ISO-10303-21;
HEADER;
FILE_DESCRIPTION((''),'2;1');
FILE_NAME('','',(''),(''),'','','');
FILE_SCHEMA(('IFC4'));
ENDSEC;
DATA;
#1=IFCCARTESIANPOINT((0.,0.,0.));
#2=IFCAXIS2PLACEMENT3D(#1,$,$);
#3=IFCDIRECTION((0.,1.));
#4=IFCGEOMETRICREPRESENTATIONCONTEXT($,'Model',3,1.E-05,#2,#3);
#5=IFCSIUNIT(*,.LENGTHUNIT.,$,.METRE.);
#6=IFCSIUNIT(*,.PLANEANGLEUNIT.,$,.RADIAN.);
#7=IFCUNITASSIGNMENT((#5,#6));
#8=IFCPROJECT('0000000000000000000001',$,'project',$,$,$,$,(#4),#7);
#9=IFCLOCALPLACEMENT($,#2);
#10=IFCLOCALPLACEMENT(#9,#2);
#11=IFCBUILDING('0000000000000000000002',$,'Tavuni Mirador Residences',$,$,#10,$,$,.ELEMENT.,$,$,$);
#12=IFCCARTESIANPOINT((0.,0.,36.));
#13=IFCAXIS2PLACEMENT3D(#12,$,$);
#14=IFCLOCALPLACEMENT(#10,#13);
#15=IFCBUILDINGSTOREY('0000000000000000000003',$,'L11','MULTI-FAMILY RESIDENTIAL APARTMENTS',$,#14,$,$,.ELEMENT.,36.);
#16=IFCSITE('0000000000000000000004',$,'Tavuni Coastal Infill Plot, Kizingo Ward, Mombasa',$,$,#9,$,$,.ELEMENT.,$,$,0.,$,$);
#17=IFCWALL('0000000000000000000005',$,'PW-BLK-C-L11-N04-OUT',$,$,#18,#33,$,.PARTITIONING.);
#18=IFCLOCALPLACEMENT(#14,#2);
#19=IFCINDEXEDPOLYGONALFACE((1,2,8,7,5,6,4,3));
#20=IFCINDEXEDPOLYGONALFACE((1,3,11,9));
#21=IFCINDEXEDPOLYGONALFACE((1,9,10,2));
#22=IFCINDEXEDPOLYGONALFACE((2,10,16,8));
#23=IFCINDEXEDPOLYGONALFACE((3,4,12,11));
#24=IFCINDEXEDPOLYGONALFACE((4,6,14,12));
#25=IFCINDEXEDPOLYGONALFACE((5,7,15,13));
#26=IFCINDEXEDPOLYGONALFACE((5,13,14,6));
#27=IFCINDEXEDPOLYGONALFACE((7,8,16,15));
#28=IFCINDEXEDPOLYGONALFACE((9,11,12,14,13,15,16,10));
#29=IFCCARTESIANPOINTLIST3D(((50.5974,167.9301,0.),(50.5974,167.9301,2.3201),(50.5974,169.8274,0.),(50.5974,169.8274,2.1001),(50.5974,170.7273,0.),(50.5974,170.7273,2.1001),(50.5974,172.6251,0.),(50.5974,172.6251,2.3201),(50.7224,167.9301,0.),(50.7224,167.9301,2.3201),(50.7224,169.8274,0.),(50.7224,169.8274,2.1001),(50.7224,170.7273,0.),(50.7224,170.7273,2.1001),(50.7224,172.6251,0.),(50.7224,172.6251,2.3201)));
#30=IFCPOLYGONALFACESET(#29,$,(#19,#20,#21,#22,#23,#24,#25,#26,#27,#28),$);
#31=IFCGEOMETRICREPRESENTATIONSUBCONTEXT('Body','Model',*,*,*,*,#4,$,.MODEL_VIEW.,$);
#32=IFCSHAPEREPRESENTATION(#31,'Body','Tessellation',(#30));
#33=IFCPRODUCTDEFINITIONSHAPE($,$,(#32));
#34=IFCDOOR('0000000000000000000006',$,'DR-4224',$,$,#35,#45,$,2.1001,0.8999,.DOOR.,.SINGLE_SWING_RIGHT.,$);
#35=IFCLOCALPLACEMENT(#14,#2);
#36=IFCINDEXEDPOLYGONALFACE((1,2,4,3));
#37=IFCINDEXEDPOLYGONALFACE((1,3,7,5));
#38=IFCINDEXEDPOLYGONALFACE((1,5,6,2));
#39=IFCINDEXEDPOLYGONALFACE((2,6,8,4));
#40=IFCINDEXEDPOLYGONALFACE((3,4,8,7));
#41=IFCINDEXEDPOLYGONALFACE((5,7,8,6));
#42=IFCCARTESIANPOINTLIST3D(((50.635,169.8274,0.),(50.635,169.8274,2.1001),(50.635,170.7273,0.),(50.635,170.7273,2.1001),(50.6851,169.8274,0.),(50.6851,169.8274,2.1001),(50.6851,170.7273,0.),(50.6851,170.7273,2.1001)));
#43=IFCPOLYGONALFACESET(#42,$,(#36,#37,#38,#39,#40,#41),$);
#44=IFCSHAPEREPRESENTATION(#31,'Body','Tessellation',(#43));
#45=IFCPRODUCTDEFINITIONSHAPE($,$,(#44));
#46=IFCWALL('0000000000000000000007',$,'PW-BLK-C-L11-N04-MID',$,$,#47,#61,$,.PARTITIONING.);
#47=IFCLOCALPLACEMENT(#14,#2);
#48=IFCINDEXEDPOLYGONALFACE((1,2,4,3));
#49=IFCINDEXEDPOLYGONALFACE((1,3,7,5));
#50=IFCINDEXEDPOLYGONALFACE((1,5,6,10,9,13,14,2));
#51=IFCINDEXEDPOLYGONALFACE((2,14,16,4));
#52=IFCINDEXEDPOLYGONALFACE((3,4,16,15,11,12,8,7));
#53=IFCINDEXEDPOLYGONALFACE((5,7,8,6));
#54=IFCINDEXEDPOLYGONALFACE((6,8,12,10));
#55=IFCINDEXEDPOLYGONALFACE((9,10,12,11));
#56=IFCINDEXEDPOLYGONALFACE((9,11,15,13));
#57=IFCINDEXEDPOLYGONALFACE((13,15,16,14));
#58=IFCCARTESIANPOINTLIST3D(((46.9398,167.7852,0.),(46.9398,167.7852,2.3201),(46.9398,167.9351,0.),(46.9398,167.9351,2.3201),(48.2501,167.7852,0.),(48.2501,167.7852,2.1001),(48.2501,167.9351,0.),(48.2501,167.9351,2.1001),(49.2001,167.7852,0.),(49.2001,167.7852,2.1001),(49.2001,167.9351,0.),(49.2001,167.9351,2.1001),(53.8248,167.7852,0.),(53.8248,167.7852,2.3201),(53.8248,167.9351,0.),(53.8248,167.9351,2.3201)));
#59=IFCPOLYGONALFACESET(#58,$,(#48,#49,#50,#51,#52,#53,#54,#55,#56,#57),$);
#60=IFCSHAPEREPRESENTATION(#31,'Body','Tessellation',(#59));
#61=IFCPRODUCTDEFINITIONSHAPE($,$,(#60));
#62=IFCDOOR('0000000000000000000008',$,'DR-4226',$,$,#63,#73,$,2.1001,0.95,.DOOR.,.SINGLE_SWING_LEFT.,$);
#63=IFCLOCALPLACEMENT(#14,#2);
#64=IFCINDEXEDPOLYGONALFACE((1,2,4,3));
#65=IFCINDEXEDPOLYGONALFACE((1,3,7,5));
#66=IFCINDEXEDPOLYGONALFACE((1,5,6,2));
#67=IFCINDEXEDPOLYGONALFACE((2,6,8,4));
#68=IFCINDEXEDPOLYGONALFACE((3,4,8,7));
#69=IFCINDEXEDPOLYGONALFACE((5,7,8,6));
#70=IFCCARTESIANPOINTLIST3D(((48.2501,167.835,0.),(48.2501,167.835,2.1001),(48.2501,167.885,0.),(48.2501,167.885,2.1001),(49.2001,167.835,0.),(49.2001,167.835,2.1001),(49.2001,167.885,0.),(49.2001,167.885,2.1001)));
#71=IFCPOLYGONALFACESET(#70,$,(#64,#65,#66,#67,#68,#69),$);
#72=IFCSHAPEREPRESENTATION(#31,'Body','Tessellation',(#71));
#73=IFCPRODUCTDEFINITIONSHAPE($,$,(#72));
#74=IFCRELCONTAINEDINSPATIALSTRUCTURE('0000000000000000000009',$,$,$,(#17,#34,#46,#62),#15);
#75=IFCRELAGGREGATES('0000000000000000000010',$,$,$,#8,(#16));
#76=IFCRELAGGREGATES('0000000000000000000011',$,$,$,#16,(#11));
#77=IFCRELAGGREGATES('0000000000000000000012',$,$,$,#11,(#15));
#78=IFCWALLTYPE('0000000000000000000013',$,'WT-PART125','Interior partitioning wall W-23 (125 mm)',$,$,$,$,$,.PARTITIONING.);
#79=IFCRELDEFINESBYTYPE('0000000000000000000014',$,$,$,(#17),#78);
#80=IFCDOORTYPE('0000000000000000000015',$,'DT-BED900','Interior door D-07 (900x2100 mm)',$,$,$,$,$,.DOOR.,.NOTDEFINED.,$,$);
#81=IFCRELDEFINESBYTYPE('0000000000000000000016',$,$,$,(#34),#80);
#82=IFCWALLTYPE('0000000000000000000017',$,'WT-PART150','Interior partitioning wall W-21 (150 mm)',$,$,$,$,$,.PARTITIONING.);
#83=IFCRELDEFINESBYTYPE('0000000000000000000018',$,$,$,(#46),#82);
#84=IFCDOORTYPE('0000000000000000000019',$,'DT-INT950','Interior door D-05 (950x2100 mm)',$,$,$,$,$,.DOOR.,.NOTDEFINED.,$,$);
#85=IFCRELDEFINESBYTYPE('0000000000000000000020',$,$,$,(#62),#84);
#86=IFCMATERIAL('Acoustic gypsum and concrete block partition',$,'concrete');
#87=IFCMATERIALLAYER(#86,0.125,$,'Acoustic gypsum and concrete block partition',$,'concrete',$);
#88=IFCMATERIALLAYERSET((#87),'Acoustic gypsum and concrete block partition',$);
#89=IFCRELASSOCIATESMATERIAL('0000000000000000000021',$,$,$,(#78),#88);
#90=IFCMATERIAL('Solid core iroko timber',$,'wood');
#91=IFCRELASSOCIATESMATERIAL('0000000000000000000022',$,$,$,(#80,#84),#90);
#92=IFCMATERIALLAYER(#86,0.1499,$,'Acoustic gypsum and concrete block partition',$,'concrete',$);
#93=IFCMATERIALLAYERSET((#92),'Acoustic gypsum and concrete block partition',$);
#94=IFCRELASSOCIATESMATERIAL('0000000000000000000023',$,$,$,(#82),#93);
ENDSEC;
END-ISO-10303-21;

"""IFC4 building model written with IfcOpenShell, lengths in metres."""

from ifc_helpers import new_model, si_unit, direction, frame, frame_2d, origin, place, context, subcontext, project, spatial, rectangle, extrude, material, layer, layer_set, type_object, element, fill, save


model = new_model("IFC4")

# Units and contexts
model_context = context("Model", 3, precision=1e-05, world=origin(), true_north=direction((0.0, 1.0)))
body_context = subcontext(model_context, "Body", "Model", "MODEL_VIEW")
ifc_project = project(units=[si_unit("LENGTHUNIT", "METRE"), si_unit("PLANEANGLEUNIT", "RADIAN")], contexts=[model_context])

# Site, building, storey
site_placement = place(None, origin())
site = spatial("IfcSite", under=ifc_project, at=site_placement, Name="Tavuni Coastal Infill Plot, Kizingo Ward, Mombasa", CompositionType="ELEMENT", RefElevation=0.0)
building_placement = place(site_placement, origin())
building = spatial("IfcBuilding", under=site, at=building_placement, Name="Tavuni Mirador Residences", CompositionType="ELEMENT")
storey_placement = place(building_placement, frame((0.0, 0.0, 36.0)))
storey = spatial("IfcBuildingStorey", under=building, at=storey_placement, Name="L11", Description="MULTI-FAMILY RESIDENTIAL APARTMENTS", CompositionType="ELEMENT", Elevation=36.0)

# Shared definitions
ifc_material_1 = material(Name="Solid core iroko timber", Category="wood")

# Walls, openings, doors
ifc_material_2 = material(Name="Acoustic gypsum and concrete block partition", Category="concrete")
ifc_layer_1 = layer(ifc_material_2, 0.125, Name="Acoustic gypsum and concrete block partition", Category="concrete")
ifc_layer_set_1 = layer_set([ifc_layer_1], Name="Acoustic gypsum and concrete block partition")
wall_type_1 = type_object("IfcWallType", Name="WT-PART125", Description="Interior partitioning wall W-23 (125 mm)", PredefinedType="PARTITIONING", material=ifc_layer_set_1)
wall_1_placement = place(storey_placement, frame((50.6599, 167.9299, 0.0), z_axis=(0.0, 0.0, 1.0), x_axis=(0.0, 1.0, 0.0)))
wall_1 = element("IfcWall", 1, at=wall_1_placement, inside=storey, type_object=wall_type_1, Name="PW-BLK-C-L11-N04-OUT", PredefinedType="PARTITIONING", context=body_context, shape_type="SweptSolid", body=[
    extrude(rectangle(XDim=4.6951, YDim=0.125, at=frame_2d((2.3477, 0.0))), origin(), (0.0, 0.0, 1.0), 2.3201),
])
opening_1_placement = place(wall_1_placement, frame((1.8975, 0.0, 0.0)))
opening_1 = element("IfcOpeningElement", 2, at=opening_1_placement, cuts=wall_1, PredefinedType="OPENING", context=body_context, shape_type="SweptSolid", body=[
    extrude(rectangle(XDim=0.8999, YDim=2.1001, at=frame_2d((0.45, 1.05))), frame((0.0, 0.0725, 0.0), z_axis=(0.0, -1.0, 0.0), x_axis=(1.0, 0.0, 0.0)), (0.0, 0.0, 1.0), 0.145),
])
door_type_1 = type_object("IfcDoorType", Name="DT-BED900", Description="Interior door D-07 (900x2100 mm)", OperationType="NOTDEFINED", PredefinedType="DOOR", material=ifc_material_1)
door_1_placement = place(opening_1_placement, origin())
door_1 = element("IfcDoor", 3, at=door_1_placement, inside=storey, type_object=door_type_1, Name="DR-4224", OperationType="SINGLE_SWING_RIGHT", OverallHeight=2.1001, OverallWidth=0.8999, PredefinedType="DOOR", context=body_context, shape_type="SweptSolid", body=[
    extrude(rectangle(XDim=0.8999, YDim=2.1001, at=frame_2d((0.45, 1.05))), frame((0.0, 0.0249, 0.0), z_axis=(0.0, -1.0, 0.0), x_axis=(1.0, 0.0, 0.0)), (0.0, 0.0, 1.0), 0.05),
])
fill(opening_1, door_1)
ifc_layer_2 = layer(ifc_material_2, 0.1499, Name="Acoustic gypsum and concrete block partition", Category="concrete")
ifc_layer_set_2 = layer_set([ifc_layer_2], Name="Acoustic gypsum and concrete block partition")
wall_type_2 = type_object("IfcWallType", Name="WT-PART150", Description="Interior partitioning wall W-21 (150 mm)", PredefinedType="PARTITIONING", material=ifc_layer_set_2)
wall_2_placement = place(storey_placement, frame((46.9399, 167.8601, 0.0), z_axis=(0.0, 0.0, 1.0), x_axis=(1.0, 0.0, 0.0)))
wall_2 = element("IfcWall", 4, at=wall_2_placement, inside=storey, type_object=wall_type_2, Name="PW-BLK-C-L11-N04-MID", PredefinedType="PARTITIONING", context=body_context, shape_type="SweptSolid", body=[
    extrude(rectangle(XDim=6.885, YDim=0.1499, at=frame_2d((3.4424, 0.0))), origin(), (0.0, 0.0, 1.0), 2.3201),
])
opening_2_placement = place(wall_2_placement, frame((1.3101, 0.0, 0.0)))
opening_2 = element("IfcOpeningElement", 5, at=opening_2_placement, cuts=wall_2, PredefinedType="OPENING", context=body_context, shape_type="SweptSolid", body=[
    extrude(rectangle(XDim=0.95, YDim=2.1001, at=frame_2d((0.4751, 1.05))), frame((0.0, 0.085, 0.0), z_axis=(0.0, -1.0, 0.0), x_axis=(1.0, 0.0, 0.0)), (0.0, 0.0, 1.0), 0.1699),
])
door_type_2 = type_object("IfcDoorType", Name="DT-INT950", Description="Interior door D-05 (950x2100 mm)", OperationType="NOTDEFINED", PredefinedType="DOOR", material=ifc_material_1)
door_2_placement = place(opening_2_placement, origin())
door_2 = element("IfcDoor", 6, at=door_2_placement, inside=storey, type_object=door_type_2, Name="DR-4226", OperationType="SINGLE_SWING_LEFT", OverallHeight=2.1001, OverallWidth=0.95, PredefinedType="DOOR", context=body_context, shape_type="SweptSolid", body=[
    extrude(rectangle(XDim=0.95, YDim=2.1001, at=frame_2d((0.4751, 1.05))), frame((0.0, 0.0249, 0.0), z_axis=(0.0, -1.0, 0.0), x_axis=(1.0, 0.0, 0.0)), (0.0, 0.0, 1.0), 0.05),
])
fill(opening_2, door_2)

save(model, "model.ifc")
